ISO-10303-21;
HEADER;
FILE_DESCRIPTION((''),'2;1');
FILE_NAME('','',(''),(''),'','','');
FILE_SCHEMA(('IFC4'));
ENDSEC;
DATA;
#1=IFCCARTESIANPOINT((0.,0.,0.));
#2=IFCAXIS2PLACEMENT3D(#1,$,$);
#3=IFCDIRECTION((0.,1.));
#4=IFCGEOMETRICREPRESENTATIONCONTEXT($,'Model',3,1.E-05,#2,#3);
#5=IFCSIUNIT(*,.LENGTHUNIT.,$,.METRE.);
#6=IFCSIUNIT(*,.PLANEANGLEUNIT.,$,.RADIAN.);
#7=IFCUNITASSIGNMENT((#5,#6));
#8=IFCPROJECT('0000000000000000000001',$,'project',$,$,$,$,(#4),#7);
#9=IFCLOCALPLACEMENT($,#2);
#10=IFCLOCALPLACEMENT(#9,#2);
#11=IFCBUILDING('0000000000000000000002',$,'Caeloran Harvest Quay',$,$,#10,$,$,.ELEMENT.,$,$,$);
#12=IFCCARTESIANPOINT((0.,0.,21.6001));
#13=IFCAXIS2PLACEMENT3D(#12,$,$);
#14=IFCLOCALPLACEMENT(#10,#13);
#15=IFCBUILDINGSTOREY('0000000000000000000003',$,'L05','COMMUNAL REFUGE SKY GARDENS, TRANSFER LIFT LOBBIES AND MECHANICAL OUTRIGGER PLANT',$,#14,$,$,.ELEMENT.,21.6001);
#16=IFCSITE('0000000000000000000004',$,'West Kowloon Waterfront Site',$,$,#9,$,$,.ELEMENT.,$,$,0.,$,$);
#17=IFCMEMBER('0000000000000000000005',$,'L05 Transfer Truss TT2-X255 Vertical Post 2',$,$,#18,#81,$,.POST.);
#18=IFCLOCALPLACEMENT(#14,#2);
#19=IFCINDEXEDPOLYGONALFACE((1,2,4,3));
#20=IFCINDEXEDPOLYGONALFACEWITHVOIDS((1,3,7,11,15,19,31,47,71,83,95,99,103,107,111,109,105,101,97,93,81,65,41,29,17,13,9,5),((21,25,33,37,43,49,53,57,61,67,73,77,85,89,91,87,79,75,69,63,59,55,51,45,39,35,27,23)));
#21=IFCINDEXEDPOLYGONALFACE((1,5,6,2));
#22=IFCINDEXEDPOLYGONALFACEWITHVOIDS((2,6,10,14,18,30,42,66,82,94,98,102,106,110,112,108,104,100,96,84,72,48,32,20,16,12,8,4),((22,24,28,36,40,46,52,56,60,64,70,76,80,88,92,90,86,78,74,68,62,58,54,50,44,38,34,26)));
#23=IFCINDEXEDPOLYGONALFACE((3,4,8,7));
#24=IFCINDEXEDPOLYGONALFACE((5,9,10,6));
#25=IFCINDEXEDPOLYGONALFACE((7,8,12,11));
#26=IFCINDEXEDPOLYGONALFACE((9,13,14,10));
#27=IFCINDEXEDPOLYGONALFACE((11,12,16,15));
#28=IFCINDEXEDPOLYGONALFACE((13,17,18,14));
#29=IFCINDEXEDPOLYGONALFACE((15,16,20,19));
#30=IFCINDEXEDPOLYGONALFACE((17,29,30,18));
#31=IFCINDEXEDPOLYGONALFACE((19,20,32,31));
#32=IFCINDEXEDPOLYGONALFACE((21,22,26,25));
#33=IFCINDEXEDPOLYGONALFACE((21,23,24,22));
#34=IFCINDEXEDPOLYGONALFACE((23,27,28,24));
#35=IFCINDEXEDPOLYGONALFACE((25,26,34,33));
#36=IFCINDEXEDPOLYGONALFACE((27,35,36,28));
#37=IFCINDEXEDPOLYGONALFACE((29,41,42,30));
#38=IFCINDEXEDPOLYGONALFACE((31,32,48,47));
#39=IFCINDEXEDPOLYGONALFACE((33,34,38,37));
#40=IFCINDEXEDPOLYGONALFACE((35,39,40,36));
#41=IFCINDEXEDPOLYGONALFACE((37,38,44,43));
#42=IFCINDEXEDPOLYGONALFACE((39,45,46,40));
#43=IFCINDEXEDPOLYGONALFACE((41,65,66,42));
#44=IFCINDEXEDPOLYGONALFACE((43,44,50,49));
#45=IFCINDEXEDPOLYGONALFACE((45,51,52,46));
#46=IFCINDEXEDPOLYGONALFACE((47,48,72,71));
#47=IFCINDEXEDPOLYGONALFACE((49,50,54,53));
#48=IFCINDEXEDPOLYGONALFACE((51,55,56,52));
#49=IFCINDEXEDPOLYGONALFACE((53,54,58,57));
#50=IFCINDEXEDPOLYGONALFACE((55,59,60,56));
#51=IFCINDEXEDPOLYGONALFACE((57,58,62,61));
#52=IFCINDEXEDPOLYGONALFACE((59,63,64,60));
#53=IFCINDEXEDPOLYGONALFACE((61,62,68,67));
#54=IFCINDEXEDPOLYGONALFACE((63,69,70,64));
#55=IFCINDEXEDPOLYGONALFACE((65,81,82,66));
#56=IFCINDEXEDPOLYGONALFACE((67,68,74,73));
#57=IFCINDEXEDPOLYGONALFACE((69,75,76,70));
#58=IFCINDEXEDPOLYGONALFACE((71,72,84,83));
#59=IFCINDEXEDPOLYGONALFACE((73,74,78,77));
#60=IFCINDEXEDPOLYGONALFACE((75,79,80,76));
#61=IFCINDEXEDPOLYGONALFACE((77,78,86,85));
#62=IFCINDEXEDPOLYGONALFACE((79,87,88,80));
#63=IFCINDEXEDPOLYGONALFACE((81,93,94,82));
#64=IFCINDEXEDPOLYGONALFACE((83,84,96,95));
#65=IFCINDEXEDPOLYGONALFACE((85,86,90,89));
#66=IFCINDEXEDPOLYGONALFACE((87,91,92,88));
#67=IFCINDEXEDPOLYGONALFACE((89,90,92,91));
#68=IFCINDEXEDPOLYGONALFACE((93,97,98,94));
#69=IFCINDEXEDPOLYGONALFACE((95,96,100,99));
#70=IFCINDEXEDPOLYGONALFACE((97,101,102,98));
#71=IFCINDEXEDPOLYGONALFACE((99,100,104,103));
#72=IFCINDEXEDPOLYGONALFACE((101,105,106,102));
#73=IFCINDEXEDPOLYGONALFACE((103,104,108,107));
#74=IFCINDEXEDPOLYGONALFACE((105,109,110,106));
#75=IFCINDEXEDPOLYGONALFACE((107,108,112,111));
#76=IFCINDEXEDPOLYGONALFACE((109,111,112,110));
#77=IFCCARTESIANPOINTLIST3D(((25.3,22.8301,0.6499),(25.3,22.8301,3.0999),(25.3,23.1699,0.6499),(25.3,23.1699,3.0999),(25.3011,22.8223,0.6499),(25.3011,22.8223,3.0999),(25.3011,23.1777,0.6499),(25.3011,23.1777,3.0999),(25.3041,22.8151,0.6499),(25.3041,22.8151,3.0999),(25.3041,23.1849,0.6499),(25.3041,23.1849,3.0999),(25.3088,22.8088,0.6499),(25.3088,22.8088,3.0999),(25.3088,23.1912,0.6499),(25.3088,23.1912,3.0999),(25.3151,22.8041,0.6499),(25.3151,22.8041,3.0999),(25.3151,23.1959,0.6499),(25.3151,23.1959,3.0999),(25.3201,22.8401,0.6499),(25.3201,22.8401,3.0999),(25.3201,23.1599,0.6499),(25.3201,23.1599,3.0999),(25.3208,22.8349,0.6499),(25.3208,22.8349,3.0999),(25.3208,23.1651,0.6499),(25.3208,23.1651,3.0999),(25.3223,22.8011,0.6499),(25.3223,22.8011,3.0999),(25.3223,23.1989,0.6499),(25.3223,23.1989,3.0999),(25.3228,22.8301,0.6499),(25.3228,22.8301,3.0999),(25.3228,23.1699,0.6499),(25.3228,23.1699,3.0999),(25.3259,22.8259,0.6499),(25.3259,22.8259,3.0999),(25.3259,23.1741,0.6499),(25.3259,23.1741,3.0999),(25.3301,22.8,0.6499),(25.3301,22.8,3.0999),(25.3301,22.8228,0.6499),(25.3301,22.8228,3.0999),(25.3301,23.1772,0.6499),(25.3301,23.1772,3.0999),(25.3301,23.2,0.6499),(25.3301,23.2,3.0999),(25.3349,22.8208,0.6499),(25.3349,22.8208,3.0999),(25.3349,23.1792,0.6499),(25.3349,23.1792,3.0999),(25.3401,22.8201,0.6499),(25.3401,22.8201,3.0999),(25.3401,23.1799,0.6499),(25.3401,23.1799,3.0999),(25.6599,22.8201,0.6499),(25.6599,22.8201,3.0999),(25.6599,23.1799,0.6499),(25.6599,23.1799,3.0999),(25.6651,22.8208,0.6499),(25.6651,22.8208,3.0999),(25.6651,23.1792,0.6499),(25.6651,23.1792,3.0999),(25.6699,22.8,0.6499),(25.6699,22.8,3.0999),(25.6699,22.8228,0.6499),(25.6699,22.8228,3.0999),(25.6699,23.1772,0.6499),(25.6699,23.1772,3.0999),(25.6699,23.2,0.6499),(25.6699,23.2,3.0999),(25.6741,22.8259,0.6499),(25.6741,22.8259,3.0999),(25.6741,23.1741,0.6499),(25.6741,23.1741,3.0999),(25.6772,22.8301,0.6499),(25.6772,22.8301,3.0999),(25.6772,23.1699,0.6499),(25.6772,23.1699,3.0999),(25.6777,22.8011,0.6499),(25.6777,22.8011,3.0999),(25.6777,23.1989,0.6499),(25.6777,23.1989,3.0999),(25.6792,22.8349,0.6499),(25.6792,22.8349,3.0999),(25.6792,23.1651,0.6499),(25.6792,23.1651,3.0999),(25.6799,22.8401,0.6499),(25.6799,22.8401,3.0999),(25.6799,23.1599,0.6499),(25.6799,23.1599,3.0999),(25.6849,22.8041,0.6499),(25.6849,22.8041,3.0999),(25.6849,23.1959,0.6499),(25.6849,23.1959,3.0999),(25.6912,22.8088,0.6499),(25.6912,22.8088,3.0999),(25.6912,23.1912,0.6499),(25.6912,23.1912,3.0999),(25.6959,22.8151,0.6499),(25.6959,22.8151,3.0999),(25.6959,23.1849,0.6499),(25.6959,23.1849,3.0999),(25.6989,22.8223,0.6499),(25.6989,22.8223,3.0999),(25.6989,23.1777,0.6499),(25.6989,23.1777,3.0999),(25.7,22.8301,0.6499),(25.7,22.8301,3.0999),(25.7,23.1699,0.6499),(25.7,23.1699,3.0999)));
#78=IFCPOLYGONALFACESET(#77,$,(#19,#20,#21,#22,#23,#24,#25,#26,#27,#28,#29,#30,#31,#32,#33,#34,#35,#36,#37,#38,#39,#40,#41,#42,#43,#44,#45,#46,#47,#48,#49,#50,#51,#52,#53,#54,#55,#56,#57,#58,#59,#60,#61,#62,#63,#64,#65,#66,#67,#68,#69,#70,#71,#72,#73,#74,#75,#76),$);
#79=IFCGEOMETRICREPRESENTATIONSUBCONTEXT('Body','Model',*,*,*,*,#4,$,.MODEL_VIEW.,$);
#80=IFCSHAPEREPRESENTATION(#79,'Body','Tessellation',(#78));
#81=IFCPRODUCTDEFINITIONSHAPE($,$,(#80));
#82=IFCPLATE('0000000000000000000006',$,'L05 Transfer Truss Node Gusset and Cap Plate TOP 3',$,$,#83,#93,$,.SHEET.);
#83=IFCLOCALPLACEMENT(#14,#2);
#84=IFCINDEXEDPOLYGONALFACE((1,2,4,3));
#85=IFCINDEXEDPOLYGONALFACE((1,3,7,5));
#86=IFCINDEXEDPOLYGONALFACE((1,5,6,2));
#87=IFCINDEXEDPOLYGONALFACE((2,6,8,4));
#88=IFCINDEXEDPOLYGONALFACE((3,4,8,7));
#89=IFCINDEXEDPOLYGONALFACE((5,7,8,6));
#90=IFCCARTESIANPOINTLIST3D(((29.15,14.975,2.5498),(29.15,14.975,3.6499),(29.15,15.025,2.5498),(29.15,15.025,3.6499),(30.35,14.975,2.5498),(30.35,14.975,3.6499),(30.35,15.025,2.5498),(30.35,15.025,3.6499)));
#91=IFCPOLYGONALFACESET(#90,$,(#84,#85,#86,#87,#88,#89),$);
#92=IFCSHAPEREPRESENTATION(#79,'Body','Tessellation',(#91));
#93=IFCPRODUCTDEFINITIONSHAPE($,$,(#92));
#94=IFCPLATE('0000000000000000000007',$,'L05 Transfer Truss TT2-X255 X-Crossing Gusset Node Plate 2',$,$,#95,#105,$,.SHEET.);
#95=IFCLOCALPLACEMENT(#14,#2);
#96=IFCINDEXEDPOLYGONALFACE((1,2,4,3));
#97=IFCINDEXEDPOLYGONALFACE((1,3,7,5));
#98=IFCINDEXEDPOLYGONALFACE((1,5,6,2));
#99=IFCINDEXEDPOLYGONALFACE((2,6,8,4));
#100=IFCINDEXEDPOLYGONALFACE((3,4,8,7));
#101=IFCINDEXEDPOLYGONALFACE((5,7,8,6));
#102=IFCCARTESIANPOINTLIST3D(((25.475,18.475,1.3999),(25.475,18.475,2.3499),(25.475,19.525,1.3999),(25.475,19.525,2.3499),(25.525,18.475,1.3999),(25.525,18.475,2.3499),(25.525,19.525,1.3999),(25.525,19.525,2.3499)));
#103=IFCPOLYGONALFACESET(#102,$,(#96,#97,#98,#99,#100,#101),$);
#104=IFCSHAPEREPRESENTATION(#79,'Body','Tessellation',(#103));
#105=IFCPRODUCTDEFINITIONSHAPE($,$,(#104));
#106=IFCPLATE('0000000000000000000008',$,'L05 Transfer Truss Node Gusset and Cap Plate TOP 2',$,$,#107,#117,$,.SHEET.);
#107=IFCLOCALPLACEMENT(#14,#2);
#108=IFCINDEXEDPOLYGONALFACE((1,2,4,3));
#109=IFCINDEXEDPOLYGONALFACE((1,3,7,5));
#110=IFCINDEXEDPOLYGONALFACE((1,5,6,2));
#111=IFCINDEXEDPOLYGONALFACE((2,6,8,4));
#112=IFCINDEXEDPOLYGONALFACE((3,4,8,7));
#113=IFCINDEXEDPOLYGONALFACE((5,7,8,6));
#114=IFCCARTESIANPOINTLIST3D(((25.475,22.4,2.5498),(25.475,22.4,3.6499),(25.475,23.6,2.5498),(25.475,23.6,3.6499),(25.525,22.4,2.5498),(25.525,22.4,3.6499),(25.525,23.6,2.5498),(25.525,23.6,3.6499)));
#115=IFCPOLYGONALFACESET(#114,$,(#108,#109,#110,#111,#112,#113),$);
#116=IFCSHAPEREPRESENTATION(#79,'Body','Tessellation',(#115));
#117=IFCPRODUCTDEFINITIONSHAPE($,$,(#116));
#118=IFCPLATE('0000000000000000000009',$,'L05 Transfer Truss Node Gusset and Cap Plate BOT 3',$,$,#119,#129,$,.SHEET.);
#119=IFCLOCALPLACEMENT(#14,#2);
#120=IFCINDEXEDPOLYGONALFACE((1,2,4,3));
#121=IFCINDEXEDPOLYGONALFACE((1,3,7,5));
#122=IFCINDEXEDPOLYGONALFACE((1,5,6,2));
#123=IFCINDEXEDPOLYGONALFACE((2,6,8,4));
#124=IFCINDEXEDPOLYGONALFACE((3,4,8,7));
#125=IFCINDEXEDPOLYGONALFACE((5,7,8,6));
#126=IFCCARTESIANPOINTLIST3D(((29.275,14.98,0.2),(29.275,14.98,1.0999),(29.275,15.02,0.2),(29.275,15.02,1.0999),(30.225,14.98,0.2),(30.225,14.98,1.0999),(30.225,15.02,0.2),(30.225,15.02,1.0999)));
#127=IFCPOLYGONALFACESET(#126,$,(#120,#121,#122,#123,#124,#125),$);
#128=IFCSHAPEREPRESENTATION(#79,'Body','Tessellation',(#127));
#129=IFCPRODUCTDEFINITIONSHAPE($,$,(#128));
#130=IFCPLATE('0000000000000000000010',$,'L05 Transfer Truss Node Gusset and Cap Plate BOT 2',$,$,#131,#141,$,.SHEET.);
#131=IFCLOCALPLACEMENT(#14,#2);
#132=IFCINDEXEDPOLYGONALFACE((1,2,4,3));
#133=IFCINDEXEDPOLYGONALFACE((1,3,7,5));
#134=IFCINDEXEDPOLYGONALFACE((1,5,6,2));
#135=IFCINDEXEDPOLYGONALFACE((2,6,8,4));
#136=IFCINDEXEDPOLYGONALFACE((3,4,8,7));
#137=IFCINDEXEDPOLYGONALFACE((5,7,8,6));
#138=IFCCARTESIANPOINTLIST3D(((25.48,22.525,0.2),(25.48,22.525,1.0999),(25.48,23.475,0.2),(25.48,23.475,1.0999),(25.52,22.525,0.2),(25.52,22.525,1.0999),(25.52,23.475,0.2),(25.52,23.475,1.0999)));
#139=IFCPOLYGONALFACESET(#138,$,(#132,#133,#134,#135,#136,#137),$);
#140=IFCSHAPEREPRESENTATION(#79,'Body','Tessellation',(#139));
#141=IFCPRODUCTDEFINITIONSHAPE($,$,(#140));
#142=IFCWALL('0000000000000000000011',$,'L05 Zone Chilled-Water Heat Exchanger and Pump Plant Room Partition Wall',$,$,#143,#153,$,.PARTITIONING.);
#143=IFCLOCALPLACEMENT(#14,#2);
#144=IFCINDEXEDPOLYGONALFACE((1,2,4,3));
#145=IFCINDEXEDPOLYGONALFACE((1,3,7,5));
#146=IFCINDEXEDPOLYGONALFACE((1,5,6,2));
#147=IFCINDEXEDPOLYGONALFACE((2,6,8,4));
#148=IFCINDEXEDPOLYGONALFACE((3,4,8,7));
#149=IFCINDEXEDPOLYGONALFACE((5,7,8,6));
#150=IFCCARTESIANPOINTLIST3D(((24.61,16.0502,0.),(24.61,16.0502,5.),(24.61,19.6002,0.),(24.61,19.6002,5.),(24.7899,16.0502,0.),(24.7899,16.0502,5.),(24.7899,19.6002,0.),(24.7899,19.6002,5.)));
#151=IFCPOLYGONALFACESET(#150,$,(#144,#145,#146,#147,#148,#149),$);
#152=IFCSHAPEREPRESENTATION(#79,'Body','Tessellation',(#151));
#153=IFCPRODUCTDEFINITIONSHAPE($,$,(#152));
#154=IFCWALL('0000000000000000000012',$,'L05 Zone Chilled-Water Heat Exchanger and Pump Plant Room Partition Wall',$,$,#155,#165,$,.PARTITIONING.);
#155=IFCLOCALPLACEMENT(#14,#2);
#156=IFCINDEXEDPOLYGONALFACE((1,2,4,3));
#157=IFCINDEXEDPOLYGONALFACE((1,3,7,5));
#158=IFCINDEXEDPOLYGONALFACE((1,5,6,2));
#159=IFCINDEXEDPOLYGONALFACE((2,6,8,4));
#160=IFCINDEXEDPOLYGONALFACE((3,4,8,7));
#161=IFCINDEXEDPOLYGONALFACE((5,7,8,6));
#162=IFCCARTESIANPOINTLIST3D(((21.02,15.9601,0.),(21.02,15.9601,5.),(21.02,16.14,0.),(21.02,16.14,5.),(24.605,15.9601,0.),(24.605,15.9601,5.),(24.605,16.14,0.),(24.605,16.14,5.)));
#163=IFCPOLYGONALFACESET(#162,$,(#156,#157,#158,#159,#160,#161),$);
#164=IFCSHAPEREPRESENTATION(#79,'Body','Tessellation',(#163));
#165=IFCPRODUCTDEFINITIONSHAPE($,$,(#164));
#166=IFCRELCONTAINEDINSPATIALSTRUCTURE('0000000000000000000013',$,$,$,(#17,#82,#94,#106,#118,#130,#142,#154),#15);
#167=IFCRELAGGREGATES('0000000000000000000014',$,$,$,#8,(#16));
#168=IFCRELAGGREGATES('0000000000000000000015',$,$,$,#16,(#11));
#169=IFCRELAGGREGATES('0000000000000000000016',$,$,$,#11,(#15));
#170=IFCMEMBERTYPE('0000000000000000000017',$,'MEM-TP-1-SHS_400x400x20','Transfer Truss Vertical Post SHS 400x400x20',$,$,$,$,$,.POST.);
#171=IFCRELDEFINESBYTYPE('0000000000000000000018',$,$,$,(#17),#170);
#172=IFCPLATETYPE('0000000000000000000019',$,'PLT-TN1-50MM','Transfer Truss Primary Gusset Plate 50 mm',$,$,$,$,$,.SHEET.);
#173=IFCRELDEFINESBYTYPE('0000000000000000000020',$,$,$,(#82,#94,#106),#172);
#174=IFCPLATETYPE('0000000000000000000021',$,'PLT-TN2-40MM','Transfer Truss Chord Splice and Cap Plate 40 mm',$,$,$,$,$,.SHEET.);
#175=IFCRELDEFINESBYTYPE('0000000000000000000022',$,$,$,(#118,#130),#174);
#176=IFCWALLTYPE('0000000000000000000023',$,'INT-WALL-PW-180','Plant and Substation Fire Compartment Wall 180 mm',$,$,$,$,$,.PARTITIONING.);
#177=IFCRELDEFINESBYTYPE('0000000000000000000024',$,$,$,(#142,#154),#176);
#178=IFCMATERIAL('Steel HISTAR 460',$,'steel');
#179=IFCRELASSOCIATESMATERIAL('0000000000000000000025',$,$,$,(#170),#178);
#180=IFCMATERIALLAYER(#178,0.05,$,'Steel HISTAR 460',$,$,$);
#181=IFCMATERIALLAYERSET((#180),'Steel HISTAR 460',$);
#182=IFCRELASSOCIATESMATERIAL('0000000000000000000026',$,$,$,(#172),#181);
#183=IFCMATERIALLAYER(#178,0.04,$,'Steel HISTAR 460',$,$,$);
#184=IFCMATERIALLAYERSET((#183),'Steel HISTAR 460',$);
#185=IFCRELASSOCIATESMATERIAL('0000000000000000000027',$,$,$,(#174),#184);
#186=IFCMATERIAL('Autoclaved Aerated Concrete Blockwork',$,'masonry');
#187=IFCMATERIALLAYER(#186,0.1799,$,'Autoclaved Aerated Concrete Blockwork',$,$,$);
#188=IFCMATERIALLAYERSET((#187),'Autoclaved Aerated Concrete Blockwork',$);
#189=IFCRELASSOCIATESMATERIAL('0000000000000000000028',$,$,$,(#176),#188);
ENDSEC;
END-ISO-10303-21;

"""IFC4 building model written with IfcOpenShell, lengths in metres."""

from ifc_helpers import new_model, si_unit, direction, frame, frame_2d, origin, origin_2d, place, context, subcontext, project, spatial, rectangle, hollow_rectangle, extrude, material, layer, layer_set, material_profile, profile_set, type_object, element, save


model = new_model("IFC4")

# Units and contexts
model_context = context("Model", 3, precision=1e-05, world=origin(), true_north=direction((0.0, 1.0)))
body_context = subcontext(model_context, "Body", "Model", "MODEL_VIEW")
ifc_project = project(units=[si_unit("LENGTHUNIT", "METRE"), si_unit("PLANEANGLEUNIT", "RADIAN")], contexts=[model_context])

# Site, building, storey
site_placement = place(None, origin())
site = spatial("IfcSite", under=ifc_project, at=site_placement, Name="West Kowloon Waterfront Site", CompositionType="ELEMENT", RefElevation=0.0)
building_placement = place(site_placement, origin())
building = spatial("IfcBuilding", under=site, at=building_placement, Name="Caeloran Harvest Quay", CompositionType="ELEMENT")
storey_placement = place(building_placement, frame((0.0, 0.0, 21.6001)))
storey = spatial("IfcBuildingStorey", under=building, at=storey_placement, Name="L05", Description="COMMUNAL REFUGE SKY GARDENS, TRANSFER LIFT LOBBIES AND MECHANICAL OUTRIGGER PLANT", CompositionType="ELEMENT", Elevation=21.6001)

# Member
ifc_material_1 = material(Name="Steel HISTAR 460", Category="steel")
ifc_material_profile_1 = material_profile(ifc_material_1, hollow_rectangle(XDim=0.3999, YDim=0.3999, WallThickness=0.02, InnerFilletRadius=0.02, OuterFilletRadius=0.03, at=origin_2d()), Name="SHS 400x400x20")
ifc_profile_set_1 = profile_set([ifc_material_profile_1], Name="Steel HISTAR 460")
member_type_1 = type_object("IfcMemberType", Name="MEM-TP-1-SHS_400x400x20", Description="Transfer Truss Vertical Post SHS 400x400x20", PredefinedType="POST", material=ifc_profile_set_1)
for number, where, z_axis, x_axis, name in (
    (1, (25.5, 23.0, 0.6499), (0.0, 0.0, 1.0), (1.0, 0.0, 0.0), "L05 Transfer Truss TT2-X255 Vertical Post 2"),
):
    element("IfcMember", number, at=place(storey_placement, frame(where, z_axis=z_axis, x_axis=x_axis)), inside=storey, type_object=member_type_1, Name=name, PredefinedType="POST", context=body_context, shape_type="SweptSolid", body=[
        extrude(hollow_rectangle(XDim=0.3999, YDim=0.3999, WallThickness=0.02, InnerFilletRadius=0.02, OuterFilletRadius=0.03, at=origin_2d()), origin(), (0.0, 0.0, 1.0), 2.45),
    ])

# Plates
ifc_layer_1 = layer(ifc_material_1, 0.05, Name="Steel HISTAR 460")
ifc_layer_set_1 = layer_set([ifc_layer_1], Name="Steel HISTAR 460")
plate_type_1 = type_object("IfcPlateType", Name="PLT-TN1-50MM", Description="Transfer Truss Primary Gusset Plate 50 mm", PredefinedType="SHEET", material=ifc_layer_set_1)
plate_1_placement = place(storey_placement, frame((29.75, 15.0, 2.5498), z_axis=(0.0, 0.0, 1.0), x_axis=(1.0, 0.0, 0.0)))
element("IfcPlate", 2, at=plate_1_placement, inside=storey, type_object=plate_type_1, Name="L05 Transfer Truss Node Gusset and Cap Plate TOP 3", PredefinedType="SHEET", context=body_context, shape_type="SweptSolid", body=[
    extrude(rectangle(XDim=1.2, YDim=0.05, at=origin_2d()), origin(), (0.0, 0.0, 1.0), 1.1001),
])
plate_2_placement = place(storey_placement, frame((25.5, 19.0, 1.3999), z_axis=(0.0, 0.0, 1.0), x_axis=(0.0, 1.0, 0.0)))
element("IfcPlate", 3, at=plate_2_placement, inside=storey, type_object=plate_type_1, Name="L05 Transfer Truss TT2-X255 X-Crossing Gusset Node Plate 2", PredefinedType="SHEET", context=body_context, shape_type="SweptSolid", body=[
    extrude(rectangle(XDim=1.05, YDim=0.05, at=origin_2d()), origin(), (0.0, 0.0, 1.0), 0.95),
])
plate_3_placement = place(storey_placement, frame((25.5, 23.0, 2.5498), z_axis=(0.0, 0.0, 1.0), x_axis=(0.0, 1.0, 0.0)))
element("IfcPlate", 4, at=plate_3_placement, inside=storey, type_object=plate_type_1, Name="L05 Transfer Truss Node Gusset and Cap Plate TOP 2", PredefinedType="SHEET", context=body_context, shape_type="SweptSolid", body=[
    extrude(rectangle(XDim=1.2, YDim=0.05, at=origin_2d()), origin(), (0.0, 0.0, 1.0), 1.1001),
])
ifc_layer_2 = layer(ifc_material_1, 0.04, Name="Steel HISTAR 460")
ifc_layer_set_2 = layer_set([ifc_layer_2], Name="Steel HISTAR 460")
plate_type_2 = type_object("IfcPlateType", Name="PLT-TN2-40MM", Description="Transfer Truss Chord Splice and Cap Plate 40 mm", PredefinedType="SHEET", material=ifc_layer_set_2)
for number, where, z_axis, x_axis, name in (
    (5, (29.75, 15.0, 0.2), (0.0, 0.0, 1.0), (1.0, 0.0, 0.0), "L05 Transfer Truss Node Gusset and Cap Plate BOT 3"),
    (6, (25.5, 23.0, 0.2), (0.0, 0.0, 1.0), (0.0, 1.0, 0.0), "L05 Transfer Truss Node Gusset and Cap Plate BOT 2"),
):
    element("IfcPlate", number, at=place(storey_placement, frame(where, z_axis=z_axis, x_axis=x_axis)), inside=storey, type_object=plate_type_2, Name=name, PredefinedType="SHEET", context=body_context, shape_type="SweptSolid", body=[
        extrude(rectangle(XDim=0.95, YDim=0.04, at=origin_2d()), origin(), (0.0, 0.0, 1.0), 0.8999),
    ])

# Walls
ifc_material_2 = material(Name="Autoclaved Aerated Concrete Blockwork", Category="masonry")
ifc_layer_3 = layer(ifc_material_2, 0.1799, Name="Autoclaved Aerated Concrete Blockwork")
ifc_layer_set_3 = layer_set([ifc_layer_3], Name="Autoclaved Aerated Concrete Blockwork")
wall_type_1 = type_object("IfcWallType", Name="INT-WALL-PW-180", Description="Plant and Substation Fire Compartment Wall 180 mm", PredefinedType="PARTITIONING", material=ifc_layer_set_3)
wall_1_placement = place(storey_placement, frame((24.7, 19.6001, 0.0), z_axis=(0.0, 0.0, 1.0), x_axis=(0.0, -1.0, 0.0)))
element("IfcWall", 7, at=wall_1_placement, inside=storey, type_object=wall_type_1, Name="L05 Zone Chilled-Water Heat Exchanger and Pump Plant Room Partition Wall", PredefinedType="PARTITIONING", context=body_context, shape_type="SweptSolid", body=[
    extrude(rectangle(XDim=3.55, YDim=0.1799, at=frame_2d((1.7749, 0.0))), origin(), (0.0, 0.0, 1.0), 5.0),
])
wall_2_placement = place(storey_placement, frame((24.605, 16.05, 0.0), z_axis=(0.0, 0.0, 1.0), x_axis=(-1.0, 0.0, 0.0)))
element("IfcWall", 8, at=wall_2_placement, inside=storey, type_object=wall_type_1, Name="L05 Zone Chilled-Water Heat Exchanger and Pump Plant Room Partition Wall", PredefinedType="PARTITIONING", context=body_context, shape_type="SweptSolid", body=[
    extrude(rectangle(XDim=3.585, YDim=0.1799, at=frame_2d((1.7925, 0.0))), origin(), (0.0, 0.0, 1.0), 5.0),
])

save(model, "model.ifc")
